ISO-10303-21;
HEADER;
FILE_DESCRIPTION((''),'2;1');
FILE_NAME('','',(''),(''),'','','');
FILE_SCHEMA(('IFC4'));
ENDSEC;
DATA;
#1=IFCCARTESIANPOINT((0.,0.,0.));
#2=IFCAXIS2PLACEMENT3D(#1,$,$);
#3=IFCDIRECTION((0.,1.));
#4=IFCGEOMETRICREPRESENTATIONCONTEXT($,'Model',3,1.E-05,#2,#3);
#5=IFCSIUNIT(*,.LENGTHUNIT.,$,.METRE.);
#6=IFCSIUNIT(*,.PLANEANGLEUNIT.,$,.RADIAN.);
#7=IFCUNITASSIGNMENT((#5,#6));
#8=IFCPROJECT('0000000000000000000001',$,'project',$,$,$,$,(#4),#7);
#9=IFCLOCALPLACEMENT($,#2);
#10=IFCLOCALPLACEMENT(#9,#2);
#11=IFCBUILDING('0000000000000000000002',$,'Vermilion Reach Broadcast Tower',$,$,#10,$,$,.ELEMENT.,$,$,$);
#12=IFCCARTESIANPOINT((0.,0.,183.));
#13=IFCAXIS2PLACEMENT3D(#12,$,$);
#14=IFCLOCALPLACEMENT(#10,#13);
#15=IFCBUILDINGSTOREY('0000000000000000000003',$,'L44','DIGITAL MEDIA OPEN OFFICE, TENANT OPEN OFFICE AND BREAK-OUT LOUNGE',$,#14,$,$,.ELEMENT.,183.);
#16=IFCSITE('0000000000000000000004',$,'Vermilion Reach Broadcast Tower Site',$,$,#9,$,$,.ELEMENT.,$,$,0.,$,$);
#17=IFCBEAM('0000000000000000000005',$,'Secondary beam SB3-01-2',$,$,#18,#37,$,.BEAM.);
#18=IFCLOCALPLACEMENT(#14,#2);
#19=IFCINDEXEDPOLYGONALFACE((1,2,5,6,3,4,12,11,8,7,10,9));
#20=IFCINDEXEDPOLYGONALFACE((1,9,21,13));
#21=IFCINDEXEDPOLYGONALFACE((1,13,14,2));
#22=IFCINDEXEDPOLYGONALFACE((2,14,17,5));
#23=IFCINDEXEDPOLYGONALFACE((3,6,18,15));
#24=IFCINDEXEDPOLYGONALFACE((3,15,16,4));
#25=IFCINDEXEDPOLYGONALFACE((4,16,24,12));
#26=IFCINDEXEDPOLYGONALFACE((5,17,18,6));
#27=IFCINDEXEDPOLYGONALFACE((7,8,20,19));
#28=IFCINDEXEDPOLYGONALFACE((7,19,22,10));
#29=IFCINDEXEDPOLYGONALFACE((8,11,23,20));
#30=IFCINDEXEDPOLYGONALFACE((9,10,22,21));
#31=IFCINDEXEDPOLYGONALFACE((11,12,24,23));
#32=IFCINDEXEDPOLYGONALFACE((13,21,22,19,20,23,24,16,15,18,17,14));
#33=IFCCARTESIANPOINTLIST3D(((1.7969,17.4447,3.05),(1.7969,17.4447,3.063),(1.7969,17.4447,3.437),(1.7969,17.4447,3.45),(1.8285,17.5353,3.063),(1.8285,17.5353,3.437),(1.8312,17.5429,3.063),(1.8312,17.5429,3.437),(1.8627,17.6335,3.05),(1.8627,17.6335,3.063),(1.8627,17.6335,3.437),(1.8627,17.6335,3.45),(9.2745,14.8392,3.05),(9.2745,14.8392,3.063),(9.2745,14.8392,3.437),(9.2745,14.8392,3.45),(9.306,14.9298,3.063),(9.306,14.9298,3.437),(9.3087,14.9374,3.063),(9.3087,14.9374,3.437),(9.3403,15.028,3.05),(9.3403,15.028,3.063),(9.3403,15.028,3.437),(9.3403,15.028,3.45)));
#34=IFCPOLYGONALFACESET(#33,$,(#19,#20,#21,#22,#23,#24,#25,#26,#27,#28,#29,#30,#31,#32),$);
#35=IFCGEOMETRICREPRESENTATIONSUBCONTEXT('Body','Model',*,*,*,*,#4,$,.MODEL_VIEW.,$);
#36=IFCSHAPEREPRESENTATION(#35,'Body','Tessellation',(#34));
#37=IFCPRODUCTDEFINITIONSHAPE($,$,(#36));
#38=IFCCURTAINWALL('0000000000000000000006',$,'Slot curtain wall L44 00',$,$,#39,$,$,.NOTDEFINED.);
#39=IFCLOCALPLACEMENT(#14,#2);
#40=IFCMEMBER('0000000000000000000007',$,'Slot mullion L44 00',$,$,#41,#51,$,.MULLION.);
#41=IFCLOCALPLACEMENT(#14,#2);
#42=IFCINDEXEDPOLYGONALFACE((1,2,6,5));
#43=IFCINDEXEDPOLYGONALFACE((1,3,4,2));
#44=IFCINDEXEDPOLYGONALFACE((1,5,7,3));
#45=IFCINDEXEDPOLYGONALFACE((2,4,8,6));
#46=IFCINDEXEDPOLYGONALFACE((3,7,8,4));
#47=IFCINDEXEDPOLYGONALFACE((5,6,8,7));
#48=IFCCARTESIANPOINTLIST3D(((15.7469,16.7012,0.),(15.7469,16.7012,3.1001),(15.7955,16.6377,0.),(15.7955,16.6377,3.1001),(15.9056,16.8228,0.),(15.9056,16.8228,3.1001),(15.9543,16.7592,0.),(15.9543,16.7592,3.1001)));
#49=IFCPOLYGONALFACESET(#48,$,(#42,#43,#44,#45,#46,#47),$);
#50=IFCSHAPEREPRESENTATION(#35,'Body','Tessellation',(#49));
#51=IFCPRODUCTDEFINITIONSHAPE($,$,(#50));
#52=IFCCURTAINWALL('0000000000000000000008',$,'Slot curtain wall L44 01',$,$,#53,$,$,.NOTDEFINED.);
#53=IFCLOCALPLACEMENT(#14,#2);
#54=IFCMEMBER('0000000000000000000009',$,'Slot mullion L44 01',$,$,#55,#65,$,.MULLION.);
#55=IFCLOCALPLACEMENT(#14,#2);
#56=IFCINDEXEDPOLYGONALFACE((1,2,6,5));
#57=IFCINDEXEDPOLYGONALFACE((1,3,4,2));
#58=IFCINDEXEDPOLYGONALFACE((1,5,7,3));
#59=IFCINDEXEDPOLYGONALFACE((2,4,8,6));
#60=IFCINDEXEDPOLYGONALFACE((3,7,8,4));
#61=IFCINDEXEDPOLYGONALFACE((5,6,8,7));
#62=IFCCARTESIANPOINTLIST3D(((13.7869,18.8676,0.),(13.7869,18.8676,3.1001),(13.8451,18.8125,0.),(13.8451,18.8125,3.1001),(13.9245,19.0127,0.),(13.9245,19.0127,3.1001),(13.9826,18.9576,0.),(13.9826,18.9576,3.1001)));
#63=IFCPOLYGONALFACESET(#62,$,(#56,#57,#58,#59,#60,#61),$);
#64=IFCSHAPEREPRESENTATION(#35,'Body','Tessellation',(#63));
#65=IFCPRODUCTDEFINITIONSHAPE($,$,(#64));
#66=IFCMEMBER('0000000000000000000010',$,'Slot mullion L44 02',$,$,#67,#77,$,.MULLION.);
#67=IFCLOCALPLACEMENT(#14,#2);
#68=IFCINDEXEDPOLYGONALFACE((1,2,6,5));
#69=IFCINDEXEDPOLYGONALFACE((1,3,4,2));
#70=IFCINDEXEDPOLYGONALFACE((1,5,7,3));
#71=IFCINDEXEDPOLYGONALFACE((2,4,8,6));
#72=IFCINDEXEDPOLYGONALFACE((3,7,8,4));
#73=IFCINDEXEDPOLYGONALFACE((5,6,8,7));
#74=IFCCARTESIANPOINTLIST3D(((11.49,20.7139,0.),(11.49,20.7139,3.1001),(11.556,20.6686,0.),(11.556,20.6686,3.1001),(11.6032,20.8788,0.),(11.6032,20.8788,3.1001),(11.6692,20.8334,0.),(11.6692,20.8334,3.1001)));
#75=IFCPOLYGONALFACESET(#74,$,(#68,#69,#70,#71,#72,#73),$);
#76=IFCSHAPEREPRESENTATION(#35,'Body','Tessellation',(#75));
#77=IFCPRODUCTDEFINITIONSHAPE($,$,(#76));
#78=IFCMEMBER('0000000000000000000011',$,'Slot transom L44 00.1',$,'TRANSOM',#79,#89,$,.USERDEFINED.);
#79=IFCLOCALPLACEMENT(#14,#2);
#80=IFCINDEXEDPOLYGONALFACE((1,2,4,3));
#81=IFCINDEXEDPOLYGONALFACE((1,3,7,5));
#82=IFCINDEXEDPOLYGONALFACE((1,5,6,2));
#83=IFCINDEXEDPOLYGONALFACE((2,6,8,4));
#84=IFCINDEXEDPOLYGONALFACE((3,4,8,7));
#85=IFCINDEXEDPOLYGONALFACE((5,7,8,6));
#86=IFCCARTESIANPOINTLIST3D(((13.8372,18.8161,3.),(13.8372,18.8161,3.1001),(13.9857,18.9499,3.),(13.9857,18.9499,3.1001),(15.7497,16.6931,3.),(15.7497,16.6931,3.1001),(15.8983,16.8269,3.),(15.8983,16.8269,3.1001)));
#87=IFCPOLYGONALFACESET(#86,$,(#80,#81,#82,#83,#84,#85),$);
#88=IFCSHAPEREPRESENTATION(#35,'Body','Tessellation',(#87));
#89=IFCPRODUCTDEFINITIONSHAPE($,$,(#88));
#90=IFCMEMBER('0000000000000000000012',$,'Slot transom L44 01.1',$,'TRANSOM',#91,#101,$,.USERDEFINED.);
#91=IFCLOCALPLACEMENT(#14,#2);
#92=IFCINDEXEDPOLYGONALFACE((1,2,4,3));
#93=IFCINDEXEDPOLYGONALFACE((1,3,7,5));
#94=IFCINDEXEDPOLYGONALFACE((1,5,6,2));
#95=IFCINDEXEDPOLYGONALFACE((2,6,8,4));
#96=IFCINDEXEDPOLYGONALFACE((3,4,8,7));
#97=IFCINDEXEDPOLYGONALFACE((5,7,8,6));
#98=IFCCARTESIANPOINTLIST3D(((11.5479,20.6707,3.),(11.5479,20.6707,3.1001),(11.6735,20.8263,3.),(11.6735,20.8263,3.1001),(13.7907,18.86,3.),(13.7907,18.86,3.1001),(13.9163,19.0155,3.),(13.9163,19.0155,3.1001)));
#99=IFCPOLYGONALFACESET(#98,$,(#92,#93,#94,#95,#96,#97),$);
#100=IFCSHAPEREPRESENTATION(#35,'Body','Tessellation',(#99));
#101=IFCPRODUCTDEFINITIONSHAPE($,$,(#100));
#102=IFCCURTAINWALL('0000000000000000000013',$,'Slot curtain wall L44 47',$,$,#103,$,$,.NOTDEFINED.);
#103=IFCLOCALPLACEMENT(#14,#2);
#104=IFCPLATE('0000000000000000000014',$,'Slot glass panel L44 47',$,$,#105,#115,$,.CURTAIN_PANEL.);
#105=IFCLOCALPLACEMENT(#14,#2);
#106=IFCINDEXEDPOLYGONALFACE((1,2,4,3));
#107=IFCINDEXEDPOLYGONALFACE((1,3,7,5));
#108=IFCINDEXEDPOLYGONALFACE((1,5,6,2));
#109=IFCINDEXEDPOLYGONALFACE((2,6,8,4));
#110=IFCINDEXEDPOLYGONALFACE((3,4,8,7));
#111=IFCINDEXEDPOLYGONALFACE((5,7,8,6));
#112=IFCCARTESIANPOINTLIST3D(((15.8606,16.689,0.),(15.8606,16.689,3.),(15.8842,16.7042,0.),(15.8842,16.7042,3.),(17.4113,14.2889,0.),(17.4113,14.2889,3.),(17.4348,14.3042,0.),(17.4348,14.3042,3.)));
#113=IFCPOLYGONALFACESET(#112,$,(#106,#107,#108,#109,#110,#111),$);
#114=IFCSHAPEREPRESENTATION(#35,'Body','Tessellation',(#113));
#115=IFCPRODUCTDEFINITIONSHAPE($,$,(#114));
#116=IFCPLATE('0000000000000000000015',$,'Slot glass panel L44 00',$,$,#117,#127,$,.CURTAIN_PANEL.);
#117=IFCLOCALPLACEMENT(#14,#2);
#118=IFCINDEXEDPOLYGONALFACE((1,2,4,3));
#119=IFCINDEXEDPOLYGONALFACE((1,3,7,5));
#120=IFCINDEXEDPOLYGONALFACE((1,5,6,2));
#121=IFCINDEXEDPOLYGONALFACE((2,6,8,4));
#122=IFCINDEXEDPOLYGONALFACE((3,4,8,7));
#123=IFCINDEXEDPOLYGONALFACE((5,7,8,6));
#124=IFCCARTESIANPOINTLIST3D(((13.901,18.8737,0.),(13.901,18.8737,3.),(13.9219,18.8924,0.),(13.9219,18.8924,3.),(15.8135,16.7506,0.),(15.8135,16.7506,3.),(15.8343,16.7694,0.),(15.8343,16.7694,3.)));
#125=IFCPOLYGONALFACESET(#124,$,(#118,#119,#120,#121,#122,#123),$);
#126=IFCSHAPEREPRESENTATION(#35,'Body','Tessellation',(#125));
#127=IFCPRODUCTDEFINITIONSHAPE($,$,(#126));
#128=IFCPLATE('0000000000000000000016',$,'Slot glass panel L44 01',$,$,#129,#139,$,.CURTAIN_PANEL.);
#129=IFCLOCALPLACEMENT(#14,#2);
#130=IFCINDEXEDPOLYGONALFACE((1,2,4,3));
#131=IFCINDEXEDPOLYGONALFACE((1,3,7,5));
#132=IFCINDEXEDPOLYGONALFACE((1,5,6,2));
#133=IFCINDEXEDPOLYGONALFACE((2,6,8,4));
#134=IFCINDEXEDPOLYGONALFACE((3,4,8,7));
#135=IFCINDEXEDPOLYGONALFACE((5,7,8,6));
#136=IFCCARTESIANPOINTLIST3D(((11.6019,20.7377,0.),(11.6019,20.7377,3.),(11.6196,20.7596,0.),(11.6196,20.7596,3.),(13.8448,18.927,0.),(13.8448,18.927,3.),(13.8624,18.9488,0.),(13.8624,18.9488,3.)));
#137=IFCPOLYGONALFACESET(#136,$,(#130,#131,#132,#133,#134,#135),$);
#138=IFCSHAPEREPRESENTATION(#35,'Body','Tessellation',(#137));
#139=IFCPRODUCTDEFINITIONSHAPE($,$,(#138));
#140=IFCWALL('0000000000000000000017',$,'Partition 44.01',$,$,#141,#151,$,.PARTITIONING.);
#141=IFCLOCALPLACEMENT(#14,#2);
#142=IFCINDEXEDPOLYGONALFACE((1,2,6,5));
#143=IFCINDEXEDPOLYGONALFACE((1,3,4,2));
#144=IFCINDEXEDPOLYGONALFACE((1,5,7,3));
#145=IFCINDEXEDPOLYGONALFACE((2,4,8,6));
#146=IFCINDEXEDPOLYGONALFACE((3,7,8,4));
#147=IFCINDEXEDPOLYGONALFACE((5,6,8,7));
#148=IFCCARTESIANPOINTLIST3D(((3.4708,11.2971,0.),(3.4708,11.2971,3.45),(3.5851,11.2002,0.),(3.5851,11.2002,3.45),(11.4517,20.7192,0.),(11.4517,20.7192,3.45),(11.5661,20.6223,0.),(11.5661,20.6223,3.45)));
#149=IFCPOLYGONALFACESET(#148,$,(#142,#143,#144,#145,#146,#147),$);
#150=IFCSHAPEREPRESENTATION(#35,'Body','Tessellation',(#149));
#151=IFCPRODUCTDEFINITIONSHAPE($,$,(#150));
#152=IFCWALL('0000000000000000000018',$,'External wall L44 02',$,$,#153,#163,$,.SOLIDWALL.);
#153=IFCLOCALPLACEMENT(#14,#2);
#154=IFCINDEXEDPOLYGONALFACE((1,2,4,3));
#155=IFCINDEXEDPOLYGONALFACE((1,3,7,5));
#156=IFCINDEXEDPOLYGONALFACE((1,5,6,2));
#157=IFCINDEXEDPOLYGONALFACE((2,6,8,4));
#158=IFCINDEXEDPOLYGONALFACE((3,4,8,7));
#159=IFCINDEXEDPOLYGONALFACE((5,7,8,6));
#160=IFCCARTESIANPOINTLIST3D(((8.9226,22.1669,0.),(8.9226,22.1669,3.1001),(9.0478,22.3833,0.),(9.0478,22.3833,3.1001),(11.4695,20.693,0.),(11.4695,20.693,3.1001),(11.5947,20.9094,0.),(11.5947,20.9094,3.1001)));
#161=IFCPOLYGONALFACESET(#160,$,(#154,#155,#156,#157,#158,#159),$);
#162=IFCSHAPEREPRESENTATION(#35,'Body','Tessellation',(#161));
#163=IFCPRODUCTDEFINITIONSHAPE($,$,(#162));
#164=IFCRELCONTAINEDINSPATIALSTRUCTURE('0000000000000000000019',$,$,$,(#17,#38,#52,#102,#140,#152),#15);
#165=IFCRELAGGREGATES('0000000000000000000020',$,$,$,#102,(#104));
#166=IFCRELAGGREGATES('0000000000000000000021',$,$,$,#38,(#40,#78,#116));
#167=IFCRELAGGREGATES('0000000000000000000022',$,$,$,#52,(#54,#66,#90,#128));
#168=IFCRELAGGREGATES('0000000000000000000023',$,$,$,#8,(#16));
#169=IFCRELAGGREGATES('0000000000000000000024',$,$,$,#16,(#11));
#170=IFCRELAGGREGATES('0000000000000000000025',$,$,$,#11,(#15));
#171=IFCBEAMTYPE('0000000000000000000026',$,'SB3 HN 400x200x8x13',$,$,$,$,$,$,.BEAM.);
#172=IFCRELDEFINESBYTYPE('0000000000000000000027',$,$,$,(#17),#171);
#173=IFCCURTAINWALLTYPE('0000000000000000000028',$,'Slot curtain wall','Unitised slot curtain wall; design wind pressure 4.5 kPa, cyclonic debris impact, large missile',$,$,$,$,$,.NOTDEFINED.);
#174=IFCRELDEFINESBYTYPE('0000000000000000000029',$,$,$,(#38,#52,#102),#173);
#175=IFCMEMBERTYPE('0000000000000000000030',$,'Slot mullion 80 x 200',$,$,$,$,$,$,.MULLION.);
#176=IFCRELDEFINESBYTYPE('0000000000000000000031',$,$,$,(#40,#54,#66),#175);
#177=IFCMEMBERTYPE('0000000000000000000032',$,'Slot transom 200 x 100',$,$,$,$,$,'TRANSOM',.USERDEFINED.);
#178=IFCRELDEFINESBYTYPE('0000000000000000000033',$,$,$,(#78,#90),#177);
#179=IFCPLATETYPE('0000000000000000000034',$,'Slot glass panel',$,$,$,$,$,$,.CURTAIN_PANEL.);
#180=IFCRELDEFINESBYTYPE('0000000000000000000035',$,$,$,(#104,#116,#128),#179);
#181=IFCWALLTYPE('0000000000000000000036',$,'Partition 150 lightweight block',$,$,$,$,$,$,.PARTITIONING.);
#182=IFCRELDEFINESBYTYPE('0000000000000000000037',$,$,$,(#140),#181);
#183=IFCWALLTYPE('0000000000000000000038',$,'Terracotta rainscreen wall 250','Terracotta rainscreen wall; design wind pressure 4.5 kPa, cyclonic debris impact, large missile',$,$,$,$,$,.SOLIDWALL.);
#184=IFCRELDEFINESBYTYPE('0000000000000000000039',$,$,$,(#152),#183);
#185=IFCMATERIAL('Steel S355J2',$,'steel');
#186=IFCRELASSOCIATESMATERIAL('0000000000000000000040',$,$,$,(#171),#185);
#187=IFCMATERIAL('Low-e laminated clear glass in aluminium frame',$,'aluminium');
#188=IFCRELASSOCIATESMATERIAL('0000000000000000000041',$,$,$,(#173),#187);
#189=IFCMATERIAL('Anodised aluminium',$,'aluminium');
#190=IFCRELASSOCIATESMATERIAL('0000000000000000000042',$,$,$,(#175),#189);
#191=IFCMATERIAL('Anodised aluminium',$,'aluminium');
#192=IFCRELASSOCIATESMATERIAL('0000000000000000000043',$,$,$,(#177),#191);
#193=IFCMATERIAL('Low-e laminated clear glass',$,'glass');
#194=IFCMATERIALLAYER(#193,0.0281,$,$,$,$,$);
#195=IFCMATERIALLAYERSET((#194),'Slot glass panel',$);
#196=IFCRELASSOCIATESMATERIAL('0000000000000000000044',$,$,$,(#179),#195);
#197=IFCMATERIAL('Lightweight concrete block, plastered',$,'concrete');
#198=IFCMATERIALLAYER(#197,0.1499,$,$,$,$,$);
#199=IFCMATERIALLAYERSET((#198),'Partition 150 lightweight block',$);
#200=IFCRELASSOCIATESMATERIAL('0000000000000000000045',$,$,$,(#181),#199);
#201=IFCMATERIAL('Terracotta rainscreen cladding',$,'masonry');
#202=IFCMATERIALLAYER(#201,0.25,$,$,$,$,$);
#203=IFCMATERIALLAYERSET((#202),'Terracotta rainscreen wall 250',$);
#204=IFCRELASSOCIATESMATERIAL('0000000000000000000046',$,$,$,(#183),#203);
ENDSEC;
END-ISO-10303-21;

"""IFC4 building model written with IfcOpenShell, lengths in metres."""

from ifc_helpers import new_model, si_unit, direction, frame, frame_2d, origin, origin_2d, place, context, subcontext, project, spatial, rectangle, i_section, extrude, material, layer, layer_set, material_profile, profile_set, type_object, element, aggregate, save


model = new_model("IFC4")

# Units and contexts
model_context = context("Model", 3, precision=1e-05, world=origin(), true_north=direction((0.0, 1.0)))
body_context = subcontext(model_context, "Body", "Model", "MODEL_VIEW")
ifc_project = project(units=[si_unit("LENGTHUNIT", "METRE"), si_unit("PLANEANGLEUNIT", "RADIAN")], contexts=[model_context])

# Site, building, storey
site_placement = place(None, origin())
site = spatial("IfcSite", under=ifc_project, at=site_placement, Name="Vermilion Reach Broadcast Tower Site", CompositionType="ELEMENT", RefElevation=0.0)
building_placement = place(site_placement, origin())
building = spatial("IfcBuilding", under=site, at=building_placement, Name="Vermilion Reach Broadcast Tower", CompositionType="ELEMENT")
storey_placement = place(building_placement, frame((0.0, 0.0, 183.0)))
storey = spatial("IfcBuildingStorey", under=building, at=storey_placement, Name="L44", Description="DIGITAL MEDIA OPEN OFFICE, TENANT OPEN OFFICE AND BREAK-OUT LOUNGE", CompositionType="ELEMENT", Elevation=183.0)

# Beam
ifc_material_1 = material(Name="Steel S355J2", Category="steel")
ifc_material_profile_1 = material_profile(ifc_material_1, i_section(OverallWidth=0.2, OverallDepth=0.3999, WebThickness=0.0081, FlangeThickness=0.0129, at=origin_2d()), Name="S355J2 HN 400x200x8x13")
ifc_profile_set_1 = profile_set([ifc_material_profile_1], Name="Steel S355J2")
beam_type_1 = type_object("IfcBeamType", Name="SB3 HN 400x200x8x13", PredefinedType="BEAM", material=ifc_profile_set_1)
beam_1_placement = place(storey_placement, frame((9.3074, 14.9336, 3.25), z_axis=(-0.944317, 0.329037, 0.0), x_axis=(-0.329037, -0.944317, 0.0)))
element("IfcBeam", 1, at=beam_1_placement, inside=storey, type_object=beam_type_1, Name="Secondary beam SB3-01-2", PredefinedType="BEAM", context=body_context, shape_type="SweptSolid", body=[
    extrude(i_section(OverallWidth=0.2, OverallDepth=0.3999, WebThickness=0.0081, FlangeThickness=0.0129, at=origin_2d()), origin(), (0.0, 0.0, 1.0), 7.9185),
])

# Curtain wall, member
ifc_material_2 = material(Name="Low-e laminated clear glass in aluminium frame", Category="aluminium")
curtain_wall_type = type_object("IfcCurtainWallType", Name="Slot curtain wall", Description="Unitised slot curtain wall; design wind pressure 4.5 kPa, cyclonic debris impact, large missile", PredefinedType="NOTDEFINED", material=ifc_material_2)
placement = place(storey_placement, origin())
curtain_wall_1 = element("IfcCurtainWall", 2, at=placement, inside=storey, type_object=curtain_wall_type, Name="Slot curtain wall L44 00", PredefinedType="NOTDEFINED")
ifc_material_3 = material(Name="Anodised aluminium", Category="aluminium")
ifc_material_profile_2 = material_profile(ifc_material_3, rectangle(XDim=0.2, YDim=0.0801, at=origin_2d()), Name="Slot mullion 80 x 200")
ifc_profile_set_2 = profile_set([ifc_material_profile_2], Name="Anodised aluminium")
member_type_1 = type_object("IfcMemberType", Name="Slot mullion 80 x 200", PredefinedType="MULLION", material=ifc_profile_set_2)
member_1_placement = place(storey_placement, frame((15.8506, 16.7302, 0.0), z_axis=(0.0, 0.0, 1.0), x_axis=(-0.79399, -0.60793, 0.0)))
member_1 = element("IfcMember", 3, at=member_1_placement, type_object=member_type_1, Name="Slot mullion L44 00", PredefinedType="MULLION", context=body_context, shape_type="SweptSolid", body=[
    extrude(rectangle(XDim=0.2, YDim=0.0801, at=origin_2d()), origin(), (0.0, 0.0, 1.0), 3.1001),
])

# Curtain wall, members
curtain_wall_2 = element("IfcCurtainWall", 4, at=placement, inside=storey, type_object=curtain_wall_type, Name="Slot curtain wall L44 01", PredefinedType="NOTDEFINED")
member_2_placement = place(storey_placement, frame((13.8848, 18.9126, 0.0), z_axis=(0.0, 0.0, 1.0), x_axis=(-0.687735, -0.725961, 0.0)))
member_2 = element("IfcMember", 5, at=member_2_placement, type_object=member_type_1, Name="Slot mullion L44 01", PredefinedType="MULLION", context=body_context, shape_type="SweptSolid", body=[
    extrude(rectangle(XDim=0.2, YDim=0.0801, at=origin_2d()), origin(), (0.0, 0.0, 1.0), 3.1001),
])
member_3_placement = place(storey_placement, frame((11.5796, 20.7737, 0.0), z_axis=(0.0, 0.0, 1.0), x_axis=(-0.566213, -0.824259, 0.0)))
member_3 = element("IfcMember", 6, at=member_3_placement, type_object=member_type_1, Name="Slot mullion L44 02", PredefinedType="MULLION", context=body_context, shape_type="SweptSolid", body=[
    extrude(rectangle(XDim=0.2, YDim=0.0801, at=origin_2d()), origin(), (0.0, 0.0, 1.0), 3.1001),
])

# Members
ifc_material_4 = material(Name="Anodised aluminium", Category="aluminium")
ifc_material_profile_3 = material_profile(ifc_material_4, rectangle(XDim=0.2, YDim=0.1001, at=origin_2d()), Name="Slot transom 200 x 100")
ifc_profile_set_3 = profile_set([ifc_material_profile_3], Name="Anodised aluminium")
member_type_2 = type_object("IfcMemberType", Name="Slot transom 200 x 100", ElementType="TRANSOM", PredefinedType="USERDEFINED", material=ifc_profile_set_3)
member_4_placement = place(storey_placement, frame((15.824, 16.76, 3.05), z_axis=(-0.669323, 0.742971, 0.0), x_axis=(-0.742971, -0.669323, 0.0)))
member_4 = element("IfcMember", 7, at=member_4_placement, type_object=member_type_2, Name="Slot transom L44 00.1", ObjectType="TRANSOM", PredefinedType="USERDEFINED", context=body_context, shape_type="SweptSolid", body=[
    extrude(rectangle(XDim=0.2, YDim=0.1001, at=origin_2d()), origin(), (0.0, 0.0, 1.0), 2.8574),
])
member_5_placement = place(storey_placement, frame((13.8535, 18.9377, 3.05), z_axis=(-0.778077, 0.62817, 0.0), x_axis=(-0.62817, -0.778077, 0.0)))
member_5 = element("IfcMember", 8, at=member_5_placement, type_object=member_type_2, Name="Slot transom L44 01.1", ObjectType="TRANSOM", PredefinedType="USERDEFINED", context=body_context, shape_type="SweptSolid", body=[
    extrude(rectangle(XDim=0.2, YDim=0.1001, at=origin_2d()), origin(), (0.0, 0.0, 1.0), 2.8826),
])

# Curtain wall, plate
curtain_wall_3 = element("IfcCurtainWall", 9, at=placement, inside=storey, type_object=curtain_wall_type, Name="Slot curtain wall L44 47", PredefinedType="NOTDEFINED")
ifc_material_5 = material(Name="Low-e laminated clear glass", Category="glass")
ifc_layer_1 = layer(ifc_material_5, 0.0281)
ifc_layer_set_1 = layer_set([ifc_layer_1], Name="Slot glass panel")
plate_type = type_object("IfcPlateType", Name="Slot glass panel", PredefinedType="CURTAIN_PANEL", material=ifc_layer_set_1)
plate_1_placement = place(storey_placement, frame((16.6477, 15.4966, 0.0), z_axis=(0.0, 0.0, 1.0), x_axis=(-0.542687, 0.839935, 0.0)))
plate_1 = element("IfcPlate", 10, at=plate_1_placement, type_object=plate_type, Name="Slot glass panel L44 47", PredefinedType="CURTAIN_PANEL", context=body_context, shape_type="SweptSolid", body=[
    extrude(rectangle(XDim=2.8574, YDim=0.0281, at=origin_2d()), origin(), (0.0, 0.0, 1.0), 3.0),
])
aggregate(curtain_wall_3, [plate_1])

# Plates
plate_2_placement = place(storey_placement, frame((14.8677, 17.8215, 0.0), z_axis=(0.0, 0.0, 1.0), x_axis=(-0.669302, 0.74299, 0.0)))
plate_2 = element("IfcPlate", 11, at=plate_2_placement, type_object=plate_type, Name="Slot glass panel L44 00", PredefinedType="CURTAIN_PANEL", context=body_context, shape_type="SweptSolid", body=[
    extrude(rectangle(XDim=2.8574, YDim=0.0281, at=origin_2d()), origin(), (0.0, 0.0, 1.0), 3.0),
])
aggregate(curtain_wall_1, [member_1, member_4, plate_2])
plate_3_placement = place(storey_placement, frame((12.7322, 19.8433, 0.0), z_axis=(0.0, 0.0, 1.0), x_axis=(-0.778074, 0.628173, 0.0)))
plate_3 = element("IfcPlate", 12, at=plate_3_placement, type_object=plate_type, Name="Slot glass panel L44 01", PredefinedType="CURTAIN_PANEL", context=body_context, shape_type="SweptSolid", body=[
    extrude(rectangle(XDim=2.8826, YDim=0.0281, at=origin_2d()), origin(), (0.0, 0.0, 1.0), 3.0),
])
aggregate(curtain_wall_2, [member_2, member_3, member_5, plate_3])

# Walls
ifc_material_6 = material(Name="Lightweight concrete block, plastered", Category="concrete")
ifc_layer_2 = layer(ifc_material_6, 0.1499)
ifc_layer_set_2 = layer_set([ifc_layer_2], Name="Partition 150 lightweight block")
wall_type_1 = type_object("IfcWallType", Name="Partition 150 lightweight block", PredefinedType="PARTITIONING", material=ifc_layer_set_2)
wall_1_placement = place(storey_placement, frame((11.5088, 20.6707, 0.0), z_axis=(0.0, 0.0, 1.0), x_axis=(-0.646338, -0.763051, 0.0)))
element("IfcWall", 13, at=wall_1_placement, inside=storey, type_object=wall_type_1, Name="Partition 44.01", PredefinedType="PARTITIONING", context=body_context, shape_type="SweptSolid", body=[
    extrude(rectangle(XDim=12.3479, YDim=0.1499, at=frame_2d((6.1738, 0.0))), origin(), (0.0, 0.0, 1.0), 3.45),
])
ifc_material_7 = material(Name="Terracotta rainscreen cladding", Category="masonry")
ifc_layer_3 = layer(ifc_material_7, 0.25)
ifc_layer_set_3 = layer_set([ifc_layer_3], Name="Terracotta rainscreen wall 250")
wall_type_2 = type_object("IfcWallType", Name="Terracotta rainscreen wall 250", Description="Terracotta rainscreen wall; design wind pressure 4.5 kPa, cyclonic debris impact, large missile", PredefinedType="SOLIDWALL", material=ifc_layer_set_3)
wall_2_placement = place(storey_placement, frame((11.532, 20.8013, 0.0), z_axis=(0.0, 0.0, 1.0), x_axis=(-0.865519, 0.500876, 0.0)))
element("IfcWall", 14, at=wall_2_placement, inside=storey, type_object=wall_type_2, Name="External wall L44 02", PredefinedType="SOLIDWALL", context=body_context, shape_type="SweptSolid", body=[
    extrude(rectangle(XDim=2.9426, YDim=0.25, at=frame_2d((1.4712, 0.0))), origin(), (0.0, 0.0, 1.0), 3.1001),
])

save(model, "model.ifc")
